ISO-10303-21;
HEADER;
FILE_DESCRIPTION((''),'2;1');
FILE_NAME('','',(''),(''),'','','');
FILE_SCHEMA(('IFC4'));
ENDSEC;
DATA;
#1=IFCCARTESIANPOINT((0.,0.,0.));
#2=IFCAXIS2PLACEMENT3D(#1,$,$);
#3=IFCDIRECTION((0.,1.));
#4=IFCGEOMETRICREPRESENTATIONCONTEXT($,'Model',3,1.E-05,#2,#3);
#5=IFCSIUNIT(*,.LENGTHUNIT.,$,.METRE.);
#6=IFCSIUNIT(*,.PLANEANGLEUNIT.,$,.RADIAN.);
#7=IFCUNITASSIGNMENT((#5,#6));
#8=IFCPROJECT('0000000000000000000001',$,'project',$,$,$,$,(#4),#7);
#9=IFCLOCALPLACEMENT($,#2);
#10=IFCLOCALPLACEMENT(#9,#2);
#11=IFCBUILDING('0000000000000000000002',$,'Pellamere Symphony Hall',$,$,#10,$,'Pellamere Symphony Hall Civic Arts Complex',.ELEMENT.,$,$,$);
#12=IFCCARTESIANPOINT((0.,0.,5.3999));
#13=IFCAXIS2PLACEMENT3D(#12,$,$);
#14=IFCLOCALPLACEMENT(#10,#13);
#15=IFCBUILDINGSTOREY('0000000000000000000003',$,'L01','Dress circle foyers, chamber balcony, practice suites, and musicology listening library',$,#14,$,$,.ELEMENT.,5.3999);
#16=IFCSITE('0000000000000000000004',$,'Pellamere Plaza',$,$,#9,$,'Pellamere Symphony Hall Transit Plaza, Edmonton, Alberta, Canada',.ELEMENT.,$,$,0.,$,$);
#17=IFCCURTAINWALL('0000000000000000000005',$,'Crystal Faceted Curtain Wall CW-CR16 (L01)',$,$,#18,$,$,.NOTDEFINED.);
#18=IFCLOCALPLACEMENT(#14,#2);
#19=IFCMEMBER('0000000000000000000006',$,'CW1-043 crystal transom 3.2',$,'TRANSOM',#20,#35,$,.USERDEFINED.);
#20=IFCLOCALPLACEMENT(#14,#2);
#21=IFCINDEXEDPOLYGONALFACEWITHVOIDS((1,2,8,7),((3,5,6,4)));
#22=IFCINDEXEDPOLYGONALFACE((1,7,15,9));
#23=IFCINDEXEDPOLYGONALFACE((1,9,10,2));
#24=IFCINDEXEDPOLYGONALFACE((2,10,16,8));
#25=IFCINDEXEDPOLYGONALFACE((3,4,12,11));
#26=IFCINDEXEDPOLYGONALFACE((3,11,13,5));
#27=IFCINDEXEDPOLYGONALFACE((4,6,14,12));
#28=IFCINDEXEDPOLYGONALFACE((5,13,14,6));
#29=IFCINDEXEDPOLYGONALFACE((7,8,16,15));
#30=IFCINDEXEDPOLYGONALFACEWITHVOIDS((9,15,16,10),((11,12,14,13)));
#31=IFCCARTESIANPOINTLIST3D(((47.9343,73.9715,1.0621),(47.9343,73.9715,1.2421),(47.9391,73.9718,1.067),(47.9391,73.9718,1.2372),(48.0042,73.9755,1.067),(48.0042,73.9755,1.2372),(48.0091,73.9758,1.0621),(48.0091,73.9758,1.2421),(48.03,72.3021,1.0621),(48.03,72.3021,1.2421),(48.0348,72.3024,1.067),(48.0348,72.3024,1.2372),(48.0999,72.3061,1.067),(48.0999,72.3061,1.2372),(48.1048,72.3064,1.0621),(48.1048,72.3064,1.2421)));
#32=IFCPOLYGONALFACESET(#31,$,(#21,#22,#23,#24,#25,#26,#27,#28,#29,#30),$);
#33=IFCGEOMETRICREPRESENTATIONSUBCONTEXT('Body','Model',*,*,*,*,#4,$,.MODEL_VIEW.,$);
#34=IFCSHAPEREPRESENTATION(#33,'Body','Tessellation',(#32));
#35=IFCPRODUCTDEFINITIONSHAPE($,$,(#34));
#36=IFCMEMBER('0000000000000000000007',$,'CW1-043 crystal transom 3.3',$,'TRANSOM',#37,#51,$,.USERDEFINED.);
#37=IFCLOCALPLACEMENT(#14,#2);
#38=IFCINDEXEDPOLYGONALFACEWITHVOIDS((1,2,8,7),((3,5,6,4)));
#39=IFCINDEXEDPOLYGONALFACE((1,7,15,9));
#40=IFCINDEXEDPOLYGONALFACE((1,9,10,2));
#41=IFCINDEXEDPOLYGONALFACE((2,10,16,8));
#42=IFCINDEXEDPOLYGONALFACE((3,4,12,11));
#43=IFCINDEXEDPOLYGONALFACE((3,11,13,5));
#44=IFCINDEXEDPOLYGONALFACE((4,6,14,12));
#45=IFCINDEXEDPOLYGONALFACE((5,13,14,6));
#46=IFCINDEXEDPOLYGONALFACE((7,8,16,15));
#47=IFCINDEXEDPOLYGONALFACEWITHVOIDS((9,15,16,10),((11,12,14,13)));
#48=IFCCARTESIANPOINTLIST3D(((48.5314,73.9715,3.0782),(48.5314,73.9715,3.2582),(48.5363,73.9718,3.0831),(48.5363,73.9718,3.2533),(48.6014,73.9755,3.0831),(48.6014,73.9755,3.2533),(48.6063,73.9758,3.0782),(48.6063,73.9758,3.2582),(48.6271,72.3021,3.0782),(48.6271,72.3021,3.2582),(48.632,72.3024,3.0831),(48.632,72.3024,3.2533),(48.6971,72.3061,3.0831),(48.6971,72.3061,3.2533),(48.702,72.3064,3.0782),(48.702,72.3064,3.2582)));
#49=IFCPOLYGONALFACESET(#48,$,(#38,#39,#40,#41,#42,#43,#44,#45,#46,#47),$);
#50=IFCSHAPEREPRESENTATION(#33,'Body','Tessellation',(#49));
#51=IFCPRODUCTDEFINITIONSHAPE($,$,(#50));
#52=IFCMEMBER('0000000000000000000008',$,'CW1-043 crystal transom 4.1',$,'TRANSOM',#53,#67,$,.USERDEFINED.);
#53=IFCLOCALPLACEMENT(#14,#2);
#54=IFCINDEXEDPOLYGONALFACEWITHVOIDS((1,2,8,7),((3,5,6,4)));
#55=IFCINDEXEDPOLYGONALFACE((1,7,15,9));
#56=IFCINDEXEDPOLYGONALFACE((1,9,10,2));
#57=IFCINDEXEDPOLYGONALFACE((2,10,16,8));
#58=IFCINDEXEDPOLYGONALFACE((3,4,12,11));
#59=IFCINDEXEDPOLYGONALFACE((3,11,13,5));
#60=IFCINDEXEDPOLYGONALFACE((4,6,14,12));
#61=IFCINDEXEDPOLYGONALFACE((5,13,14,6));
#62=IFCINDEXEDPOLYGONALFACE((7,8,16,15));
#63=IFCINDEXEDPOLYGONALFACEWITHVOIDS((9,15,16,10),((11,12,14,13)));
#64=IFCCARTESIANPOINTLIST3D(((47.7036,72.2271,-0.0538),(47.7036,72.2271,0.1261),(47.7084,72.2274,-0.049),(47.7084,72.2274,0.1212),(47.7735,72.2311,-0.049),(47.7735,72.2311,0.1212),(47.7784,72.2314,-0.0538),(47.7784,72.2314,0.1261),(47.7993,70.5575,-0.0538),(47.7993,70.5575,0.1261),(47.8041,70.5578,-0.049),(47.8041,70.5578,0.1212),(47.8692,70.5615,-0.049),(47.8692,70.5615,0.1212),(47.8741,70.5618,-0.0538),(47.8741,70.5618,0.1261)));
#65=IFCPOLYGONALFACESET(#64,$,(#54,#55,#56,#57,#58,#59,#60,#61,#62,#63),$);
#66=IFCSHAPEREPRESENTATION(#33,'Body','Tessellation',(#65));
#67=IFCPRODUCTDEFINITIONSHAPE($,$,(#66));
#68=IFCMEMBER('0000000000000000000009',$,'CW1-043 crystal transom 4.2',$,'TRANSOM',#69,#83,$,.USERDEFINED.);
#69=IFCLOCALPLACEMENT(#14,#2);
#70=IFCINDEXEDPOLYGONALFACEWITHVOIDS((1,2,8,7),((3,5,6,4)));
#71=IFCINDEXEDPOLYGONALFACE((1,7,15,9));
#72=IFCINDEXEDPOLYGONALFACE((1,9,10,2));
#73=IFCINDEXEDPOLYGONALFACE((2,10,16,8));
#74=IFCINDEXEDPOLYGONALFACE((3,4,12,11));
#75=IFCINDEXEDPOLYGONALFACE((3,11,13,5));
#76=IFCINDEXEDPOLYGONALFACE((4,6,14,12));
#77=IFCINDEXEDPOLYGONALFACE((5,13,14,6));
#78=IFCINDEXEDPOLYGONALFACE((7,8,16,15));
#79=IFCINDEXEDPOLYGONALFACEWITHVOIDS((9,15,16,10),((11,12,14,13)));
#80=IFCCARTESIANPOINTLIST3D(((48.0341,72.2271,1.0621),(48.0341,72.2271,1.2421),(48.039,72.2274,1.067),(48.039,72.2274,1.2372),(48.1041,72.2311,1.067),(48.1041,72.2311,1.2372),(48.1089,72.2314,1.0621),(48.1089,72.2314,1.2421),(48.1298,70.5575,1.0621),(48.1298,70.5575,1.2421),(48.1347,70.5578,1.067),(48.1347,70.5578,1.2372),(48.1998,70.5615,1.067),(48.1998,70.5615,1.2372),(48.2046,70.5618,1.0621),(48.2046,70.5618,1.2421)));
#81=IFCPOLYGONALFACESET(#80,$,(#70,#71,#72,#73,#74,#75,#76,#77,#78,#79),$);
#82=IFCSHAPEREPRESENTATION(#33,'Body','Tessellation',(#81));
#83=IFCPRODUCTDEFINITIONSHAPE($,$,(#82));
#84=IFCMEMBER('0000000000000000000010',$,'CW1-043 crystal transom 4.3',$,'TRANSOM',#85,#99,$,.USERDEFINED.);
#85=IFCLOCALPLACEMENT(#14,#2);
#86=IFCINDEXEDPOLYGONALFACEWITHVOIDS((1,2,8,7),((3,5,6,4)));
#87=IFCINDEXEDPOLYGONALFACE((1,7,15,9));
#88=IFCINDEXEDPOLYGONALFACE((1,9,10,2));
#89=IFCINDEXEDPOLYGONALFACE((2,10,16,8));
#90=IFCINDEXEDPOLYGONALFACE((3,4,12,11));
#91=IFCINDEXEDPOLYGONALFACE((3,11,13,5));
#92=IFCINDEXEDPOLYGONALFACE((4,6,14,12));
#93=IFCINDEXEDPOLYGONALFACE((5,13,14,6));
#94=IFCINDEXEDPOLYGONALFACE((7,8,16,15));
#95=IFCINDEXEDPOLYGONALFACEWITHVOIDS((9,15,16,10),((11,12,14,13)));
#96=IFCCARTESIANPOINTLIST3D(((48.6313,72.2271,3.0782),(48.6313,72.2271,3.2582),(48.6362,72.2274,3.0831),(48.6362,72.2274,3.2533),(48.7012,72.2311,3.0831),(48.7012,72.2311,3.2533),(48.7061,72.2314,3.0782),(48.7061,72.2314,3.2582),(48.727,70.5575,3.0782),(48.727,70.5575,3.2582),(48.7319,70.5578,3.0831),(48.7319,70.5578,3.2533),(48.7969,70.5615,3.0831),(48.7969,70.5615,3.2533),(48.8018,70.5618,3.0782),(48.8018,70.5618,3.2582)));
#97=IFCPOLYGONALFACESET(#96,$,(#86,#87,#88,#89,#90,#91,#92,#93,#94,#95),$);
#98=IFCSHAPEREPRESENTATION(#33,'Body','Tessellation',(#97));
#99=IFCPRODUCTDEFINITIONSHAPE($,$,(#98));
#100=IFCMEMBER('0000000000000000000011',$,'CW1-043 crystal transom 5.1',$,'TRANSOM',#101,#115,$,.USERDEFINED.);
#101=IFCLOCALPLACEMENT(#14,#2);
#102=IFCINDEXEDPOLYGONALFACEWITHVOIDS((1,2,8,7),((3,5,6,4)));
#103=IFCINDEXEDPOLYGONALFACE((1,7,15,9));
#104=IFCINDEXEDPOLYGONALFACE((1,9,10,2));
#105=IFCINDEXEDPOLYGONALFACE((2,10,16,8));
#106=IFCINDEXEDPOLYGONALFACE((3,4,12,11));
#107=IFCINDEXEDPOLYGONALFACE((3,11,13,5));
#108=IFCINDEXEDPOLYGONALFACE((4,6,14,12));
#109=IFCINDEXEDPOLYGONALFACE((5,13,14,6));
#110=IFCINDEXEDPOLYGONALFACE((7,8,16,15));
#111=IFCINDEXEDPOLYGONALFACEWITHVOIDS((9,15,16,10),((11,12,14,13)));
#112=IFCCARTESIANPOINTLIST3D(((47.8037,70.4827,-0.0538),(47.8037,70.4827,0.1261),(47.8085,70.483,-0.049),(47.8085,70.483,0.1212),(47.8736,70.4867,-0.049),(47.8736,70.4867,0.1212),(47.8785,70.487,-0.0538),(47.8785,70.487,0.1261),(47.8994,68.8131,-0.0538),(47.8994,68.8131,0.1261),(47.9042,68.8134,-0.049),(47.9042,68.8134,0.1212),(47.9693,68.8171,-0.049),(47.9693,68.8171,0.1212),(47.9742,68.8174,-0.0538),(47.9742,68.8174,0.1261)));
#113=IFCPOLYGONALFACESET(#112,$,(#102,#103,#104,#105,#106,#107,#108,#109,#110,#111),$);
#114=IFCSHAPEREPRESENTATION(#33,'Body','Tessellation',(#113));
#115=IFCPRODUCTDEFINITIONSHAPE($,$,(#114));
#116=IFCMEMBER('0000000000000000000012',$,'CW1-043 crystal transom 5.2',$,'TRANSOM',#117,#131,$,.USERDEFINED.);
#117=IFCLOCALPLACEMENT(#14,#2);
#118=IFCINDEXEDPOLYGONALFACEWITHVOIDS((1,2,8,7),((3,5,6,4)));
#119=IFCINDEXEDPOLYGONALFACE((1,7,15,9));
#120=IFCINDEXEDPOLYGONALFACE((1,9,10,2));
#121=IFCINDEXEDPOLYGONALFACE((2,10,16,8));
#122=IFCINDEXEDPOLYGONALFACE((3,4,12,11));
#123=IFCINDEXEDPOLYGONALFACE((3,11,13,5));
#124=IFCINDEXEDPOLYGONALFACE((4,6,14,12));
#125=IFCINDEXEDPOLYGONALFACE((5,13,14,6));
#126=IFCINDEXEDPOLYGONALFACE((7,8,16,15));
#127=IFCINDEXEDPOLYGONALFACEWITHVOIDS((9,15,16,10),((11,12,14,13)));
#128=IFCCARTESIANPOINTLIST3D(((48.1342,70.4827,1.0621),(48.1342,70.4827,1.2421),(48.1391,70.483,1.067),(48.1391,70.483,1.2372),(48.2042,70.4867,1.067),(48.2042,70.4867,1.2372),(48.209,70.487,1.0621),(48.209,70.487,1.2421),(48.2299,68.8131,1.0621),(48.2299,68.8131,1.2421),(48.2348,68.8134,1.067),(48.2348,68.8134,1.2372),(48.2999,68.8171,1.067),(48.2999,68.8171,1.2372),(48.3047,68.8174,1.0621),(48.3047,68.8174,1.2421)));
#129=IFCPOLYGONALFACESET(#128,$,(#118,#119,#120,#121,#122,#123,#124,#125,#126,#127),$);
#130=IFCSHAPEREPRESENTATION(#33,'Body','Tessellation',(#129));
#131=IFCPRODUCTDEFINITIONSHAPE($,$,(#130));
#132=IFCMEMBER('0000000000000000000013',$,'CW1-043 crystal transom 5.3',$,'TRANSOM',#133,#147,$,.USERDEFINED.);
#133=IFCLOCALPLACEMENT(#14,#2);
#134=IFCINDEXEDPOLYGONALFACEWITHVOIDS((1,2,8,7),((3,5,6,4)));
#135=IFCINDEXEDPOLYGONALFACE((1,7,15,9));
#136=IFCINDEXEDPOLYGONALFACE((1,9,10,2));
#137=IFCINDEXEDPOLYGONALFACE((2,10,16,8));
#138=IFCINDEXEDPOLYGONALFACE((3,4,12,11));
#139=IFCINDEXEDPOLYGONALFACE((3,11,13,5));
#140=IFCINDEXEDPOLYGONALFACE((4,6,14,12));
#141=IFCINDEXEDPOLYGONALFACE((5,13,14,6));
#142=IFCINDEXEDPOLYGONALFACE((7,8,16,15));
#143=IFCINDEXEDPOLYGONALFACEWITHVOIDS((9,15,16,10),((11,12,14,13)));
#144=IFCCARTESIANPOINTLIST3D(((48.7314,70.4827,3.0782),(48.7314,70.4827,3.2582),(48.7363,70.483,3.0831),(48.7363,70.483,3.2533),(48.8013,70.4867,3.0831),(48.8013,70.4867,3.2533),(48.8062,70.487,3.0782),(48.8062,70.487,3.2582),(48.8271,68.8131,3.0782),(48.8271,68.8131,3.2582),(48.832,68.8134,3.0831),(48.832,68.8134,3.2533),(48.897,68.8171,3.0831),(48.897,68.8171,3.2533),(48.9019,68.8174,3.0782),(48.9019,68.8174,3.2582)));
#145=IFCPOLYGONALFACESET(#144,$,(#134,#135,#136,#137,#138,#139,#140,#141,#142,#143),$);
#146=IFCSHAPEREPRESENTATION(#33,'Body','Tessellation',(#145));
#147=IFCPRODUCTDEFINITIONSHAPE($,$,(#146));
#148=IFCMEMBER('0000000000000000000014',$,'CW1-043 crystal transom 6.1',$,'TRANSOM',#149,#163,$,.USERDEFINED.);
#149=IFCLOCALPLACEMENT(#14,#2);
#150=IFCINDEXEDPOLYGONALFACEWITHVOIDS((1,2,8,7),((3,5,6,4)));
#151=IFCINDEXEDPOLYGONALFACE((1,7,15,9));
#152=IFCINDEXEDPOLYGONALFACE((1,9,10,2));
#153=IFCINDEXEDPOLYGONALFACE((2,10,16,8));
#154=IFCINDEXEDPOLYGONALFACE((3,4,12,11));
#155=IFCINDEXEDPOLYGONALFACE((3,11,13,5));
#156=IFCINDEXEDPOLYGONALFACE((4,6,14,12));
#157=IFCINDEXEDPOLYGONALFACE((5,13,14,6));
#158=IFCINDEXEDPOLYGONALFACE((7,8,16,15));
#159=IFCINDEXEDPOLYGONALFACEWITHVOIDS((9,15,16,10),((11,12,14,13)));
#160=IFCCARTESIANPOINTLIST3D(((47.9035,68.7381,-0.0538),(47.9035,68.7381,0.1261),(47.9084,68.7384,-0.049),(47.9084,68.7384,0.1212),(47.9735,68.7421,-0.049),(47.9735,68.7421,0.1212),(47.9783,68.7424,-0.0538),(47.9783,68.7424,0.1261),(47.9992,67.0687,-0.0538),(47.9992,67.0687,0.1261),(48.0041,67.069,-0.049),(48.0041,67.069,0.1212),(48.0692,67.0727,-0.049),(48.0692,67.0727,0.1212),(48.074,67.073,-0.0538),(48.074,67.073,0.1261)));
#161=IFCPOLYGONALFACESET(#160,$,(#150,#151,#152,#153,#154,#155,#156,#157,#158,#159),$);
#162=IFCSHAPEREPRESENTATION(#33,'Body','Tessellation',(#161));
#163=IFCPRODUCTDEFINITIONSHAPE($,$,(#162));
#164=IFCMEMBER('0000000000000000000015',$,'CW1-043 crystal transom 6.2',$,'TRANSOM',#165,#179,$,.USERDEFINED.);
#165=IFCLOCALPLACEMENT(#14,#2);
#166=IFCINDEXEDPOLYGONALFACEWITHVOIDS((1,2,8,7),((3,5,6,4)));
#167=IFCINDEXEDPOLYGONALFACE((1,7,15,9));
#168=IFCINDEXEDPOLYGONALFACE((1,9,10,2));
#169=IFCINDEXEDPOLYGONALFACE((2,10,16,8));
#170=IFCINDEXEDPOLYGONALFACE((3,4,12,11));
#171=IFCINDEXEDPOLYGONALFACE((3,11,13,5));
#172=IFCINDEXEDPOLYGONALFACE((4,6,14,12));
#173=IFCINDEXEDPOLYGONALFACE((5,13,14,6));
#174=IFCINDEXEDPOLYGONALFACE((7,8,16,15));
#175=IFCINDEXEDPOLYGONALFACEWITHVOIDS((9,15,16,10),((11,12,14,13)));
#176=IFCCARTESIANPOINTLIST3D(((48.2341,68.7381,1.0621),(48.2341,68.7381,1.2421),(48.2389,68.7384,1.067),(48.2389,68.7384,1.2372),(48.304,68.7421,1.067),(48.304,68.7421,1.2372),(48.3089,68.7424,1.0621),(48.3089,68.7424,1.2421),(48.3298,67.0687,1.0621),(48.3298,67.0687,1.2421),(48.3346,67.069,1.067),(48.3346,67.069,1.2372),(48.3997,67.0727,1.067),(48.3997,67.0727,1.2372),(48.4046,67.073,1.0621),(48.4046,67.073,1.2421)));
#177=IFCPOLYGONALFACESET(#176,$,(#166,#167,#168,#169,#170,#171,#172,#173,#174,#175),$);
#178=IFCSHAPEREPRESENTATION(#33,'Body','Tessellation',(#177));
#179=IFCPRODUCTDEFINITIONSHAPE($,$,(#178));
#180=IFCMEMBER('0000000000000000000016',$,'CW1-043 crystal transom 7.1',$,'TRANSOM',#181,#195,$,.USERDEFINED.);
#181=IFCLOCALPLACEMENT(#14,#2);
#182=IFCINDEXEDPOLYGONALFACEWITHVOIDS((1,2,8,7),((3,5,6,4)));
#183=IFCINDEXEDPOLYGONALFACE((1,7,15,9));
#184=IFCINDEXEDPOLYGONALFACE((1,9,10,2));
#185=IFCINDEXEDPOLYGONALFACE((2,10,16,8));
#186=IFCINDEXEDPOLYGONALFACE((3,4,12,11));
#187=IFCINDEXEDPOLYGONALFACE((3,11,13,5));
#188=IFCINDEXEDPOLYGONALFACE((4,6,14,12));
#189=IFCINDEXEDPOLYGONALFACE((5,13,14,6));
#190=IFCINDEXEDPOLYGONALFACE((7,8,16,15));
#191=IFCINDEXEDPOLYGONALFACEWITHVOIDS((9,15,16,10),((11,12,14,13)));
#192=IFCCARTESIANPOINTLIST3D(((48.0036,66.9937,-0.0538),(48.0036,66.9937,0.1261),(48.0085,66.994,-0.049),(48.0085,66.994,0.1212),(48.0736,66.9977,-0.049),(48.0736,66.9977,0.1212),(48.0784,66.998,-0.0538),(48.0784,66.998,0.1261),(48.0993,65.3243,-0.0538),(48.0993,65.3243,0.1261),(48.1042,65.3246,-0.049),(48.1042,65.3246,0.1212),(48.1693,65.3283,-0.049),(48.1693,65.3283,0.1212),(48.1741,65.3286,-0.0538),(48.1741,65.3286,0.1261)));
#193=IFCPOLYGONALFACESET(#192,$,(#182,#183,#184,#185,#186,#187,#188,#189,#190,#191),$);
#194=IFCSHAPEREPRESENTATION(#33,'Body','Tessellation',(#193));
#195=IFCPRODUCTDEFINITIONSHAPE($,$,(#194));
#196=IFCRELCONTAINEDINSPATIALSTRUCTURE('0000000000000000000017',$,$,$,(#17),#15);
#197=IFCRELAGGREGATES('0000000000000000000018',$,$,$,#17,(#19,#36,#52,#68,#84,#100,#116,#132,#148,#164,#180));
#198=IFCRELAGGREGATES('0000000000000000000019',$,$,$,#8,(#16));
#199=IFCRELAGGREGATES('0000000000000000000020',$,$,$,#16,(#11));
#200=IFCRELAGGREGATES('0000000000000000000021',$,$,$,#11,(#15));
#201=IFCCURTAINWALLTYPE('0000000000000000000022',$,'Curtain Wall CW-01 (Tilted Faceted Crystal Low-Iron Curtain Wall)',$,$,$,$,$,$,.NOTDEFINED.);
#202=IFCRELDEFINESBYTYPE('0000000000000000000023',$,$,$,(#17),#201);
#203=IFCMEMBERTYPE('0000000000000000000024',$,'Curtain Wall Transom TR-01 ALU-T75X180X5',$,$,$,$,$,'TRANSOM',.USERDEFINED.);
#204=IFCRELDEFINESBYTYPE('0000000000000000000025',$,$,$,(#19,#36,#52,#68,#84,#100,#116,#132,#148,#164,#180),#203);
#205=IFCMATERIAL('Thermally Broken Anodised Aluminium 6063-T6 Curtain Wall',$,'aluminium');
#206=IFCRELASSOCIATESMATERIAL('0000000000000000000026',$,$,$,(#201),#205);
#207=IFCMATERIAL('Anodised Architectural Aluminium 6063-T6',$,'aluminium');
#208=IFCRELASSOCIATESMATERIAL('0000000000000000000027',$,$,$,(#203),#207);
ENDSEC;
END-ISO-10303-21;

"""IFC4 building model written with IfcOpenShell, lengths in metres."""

from ifc_helpers import new_model, si_unit, direction, frame, origin, origin_2d, place, context, subcontext, project, spatial, hollow_rectangle, extrude, material, material_profile, profile_set, type_object, element, aggregate, save


model = new_model("IFC4")

# Units and contexts
model_context = context("Model", 3, precision=1e-05, world=origin(), true_north=direction((0.0, 1.0)))
body_context = subcontext(model_context, "Body", "Model", "MODEL_VIEW")
ifc_project = project(units=[si_unit("LENGTHUNIT", "METRE"), si_unit("PLANEANGLEUNIT", "RADIAN")], contexts=[model_context])

# Site, building, storey
site_placement = place(None, origin())
site = spatial("IfcSite", under=ifc_project, at=site_placement, Name="Pellamere Plaza", LongName="Pellamere Symphony Hall Transit Plaza, Edmonton, Alberta, Canada", CompositionType="ELEMENT", RefElevation=0.0)
building_placement = place(site_placement, origin())
building = spatial("IfcBuilding", under=site, at=building_placement, Name="Pellamere Symphony Hall", LongName="Pellamere Symphony Hall Civic Arts Complex", CompositionType="ELEMENT")
storey_placement = place(building_placement, frame((0.0, 0.0, 5.3999)))
storey = spatial("IfcBuildingStorey", under=building, at=storey_placement, Name="L01", Description="Dress circle foyers, chamber balcony, practice suites, and musicology listening library", CompositionType="ELEMENT", Elevation=5.3999)

# Curtain wall, members
ifc_material_1 = material(Name="Thermally Broken Anodised Aluminium 6063-T6 Curtain Wall", Category="aluminium")
curtain_wall_type = type_object("IfcCurtainWallType", Name="Curtain Wall CW-01 (Tilted Faceted Crystal Low-Iron Curtain Wall)", PredefinedType="NOTDEFINED", material=ifc_material_1)
curtain_wall_placement = place(storey_placement, origin())
curtain_wall = element("IfcCurtainWall", 1, at=curtain_wall_placement, inside=storey, type_object=curtain_wall_type, Name="Crystal Faceted Curtain Wall CW-CR16 (L01)", PredefinedType="NOTDEFINED")
ifc_material_2 = material(Name="Anodised Architectural Aluminium 6063-T6", Category="aluminium")
ifc_material_profile_1 = material_profile(ifc_material_2, hollow_rectangle(XDim=0.075, YDim=0.1799, WallThickness=0.0049, at=origin_2d()), Name="ALU-T75X180X5")
ifc_profile_set_1 = profile_set([ifc_material_profile_1], Name="Anodised Architectural Aluminium 6063-T6")
member_type_1 = type_object("IfcMemberType", Name="Curtain Wall Transom TR-01 ALU-T75X180X5", ElementType="TRANSOM", PredefinedType="USERDEFINED", material=ifc_profile_set_1)
member_1_placement = place(storey_placement, frame((47.9717, 73.9736, 1.1521), z_axis=(0.057233, -0.998361, 0.0), x_axis=(0.998361, 0.057233, 0.0)))
member_1 = element("IfcMember", 2, at=member_1_placement, type_object=member_type_1, Name="CW1-043 crystal transom 3.2", ObjectType="TRANSOM", PredefinedType="USERDEFINED", context=body_context, shape_type="SweptSolid", body=[
    extrude(hollow_rectangle(XDim=0.075, YDim=0.1799, WallThickness=0.0049, at=origin_2d()), origin(), (0.0, 0.0, 1.0), 1.6721),
])
member_2_placement = place(storey_placement, frame((48.5688, 73.9736, 3.1682), z_axis=(0.057233, -0.998361, 0.0), x_axis=(0.998361, 0.057233, 0.0)))
member_2 = element("IfcMember", 3, at=member_2_placement, type_object=member_type_1, Name="CW1-043 crystal transom 3.3", ObjectType="TRANSOM", PredefinedType="USERDEFINED", context=body_context, shape_type="SweptSolid", body=[
    extrude(hollow_rectangle(XDim=0.075, YDim=0.1799, WallThickness=0.0049, at=origin_2d()), origin(), (0.0, 0.0, 1.0), 1.6721),
])
member_3_placement = place(storey_placement, frame((47.741, 72.2292, 0.0361), z_axis=(0.057224, -0.998361, 0.0), x_axis=(0.998361, 0.057224, 0.0)))
member_3 = element("IfcMember", 4, at=member_3_placement, type_object=member_type_1, Name="CW1-043 crystal transom 4.1", ObjectType="TRANSOM", PredefinedType="USERDEFINED", context=body_context, shape_type="SweptSolid", body=[
    extrude(hollow_rectangle(XDim=0.075, YDim=0.1799, WallThickness=0.0049, at=origin_2d()), origin(), (0.0, 0.0, 1.0), 1.6724),
])
member_4_placement = place(storey_placement, frame((48.0715, 72.2292, 1.1521), z_axis=(0.057224, -0.998361, 0.0), x_axis=(0.998361, 0.057224, 0.0)))
member_4 = element("IfcMember", 5, at=member_4_placement, type_object=member_type_1, Name="CW1-043 crystal transom 4.2", ObjectType="TRANSOM", PredefinedType="USERDEFINED", context=body_context, shape_type="SweptSolid", body=[
    extrude(hollow_rectangle(XDim=0.075, YDim=0.1799, WallThickness=0.0049, at=origin_2d()), origin(), (0.0, 0.0, 1.0), 1.6724),
])
member_5_placement = place(storey_placement, frame((48.6687, 72.2292, 3.1682), z_axis=(0.057224, -0.998361, 0.0), x_axis=(0.998361, 0.057224, 0.0)))
member_5 = element("IfcMember", 6, at=member_5_placement, type_object=member_type_1, Name="CW1-043 crystal transom 4.3", ObjectType="TRANSOM", PredefinedType="USERDEFINED", context=body_context, shape_type="SweptSolid", body=[
    extrude(hollow_rectangle(XDim=0.075, YDim=0.1799, WallThickness=0.0049, at=origin_2d()), origin(), (0.0, 0.0, 1.0), 1.6724),
])
member_6_placement = place(storey_placement, frame((47.8411, 70.4849, 0.0361), z_axis=(0.057224, -0.998361, 0.0), x_axis=(0.998361, 0.057224, 0.0)))
member_6 = element("IfcMember", 7, at=member_6_placement, type_object=member_type_1, Name="CW1-043 crystal transom 5.1", ObjectType="TRANSOM", PredefinedType="USERDEFINED", context=body_context, shape_type="SweptSolid", body=[
    extrude(hollow_rectangle(XDim=0.075, YDim=0.1799, WallThickness=0.0049, at=origin_2d()), origin(), (0.0, 0.0, 1.0), 1.6724),
])
member_7_placement = place(storey_placement, frame((48.1716, 70.4849, 1.1521), z_axis=(0.057224, -0.998361, 0.0), x_axis=(0.998361, 0.057224, 0.0)))
member_7 = element("IfcMember", 8, at=member_7_placement, type_object=member_type_1, Name="CW1-043 crystal transom 5.2", ObjectType="TRANSOM", PredefinedType="USERDEFINED", context=body_context, shape_type="SweptSolid", body=[
    extrude(hollow_rectangle(XDim=0.075, YDim=0.1799, WallThickness=0.0049, at=origin_2d()), origin(), (0.0, 0.0, 1.0), 1.6724),
])
member_8_placement = place(storey_placement, frame((48.7688, 70.4849, 3.1682), z_axis=(0.057224, -0.998361, 0.0), x_axis=(0.998361, 0.057224, 0.0)))
member_8 = element("IfcMember", 9, at=member_8_placement, type_object=member_type_1, Name="CW1-043 crystal transom 5.3", ObjectType="TRANSOM", PredefinedType="USERDEFINED", context=body_context, shape_type="SweptSolid", body=[
    extrude(hollow_rectangle(XDim=0.075, YDim=0.1799, WallThickness=0.0049, at=origin_2d()), origin(), (0.0, 0.0, 1.0), 1.6724),
])
member_9_placement = place(storey_placement, frame((47.9409, 68.7402, 0.0361), z_axis=(0.057233, -0.998361, 0.0), x_axis=(0.998361, 0.057233, 0.0)))
member_9 = element("IfcMember", 10, at=member_9_placement, type_object=member_type_1, Name="CW1-043 crystal transom 6.1", ObjectType="TRANSOM", PredefinedType="USERDEFINED", context=body_context, shape_type="SweptSolid", body=[
    extrude(hollow_rectangle(XDim=0.075, YDim=0.1799, WallThickness=0.0049, at=origin_2d()), origin(), (0.0, 0.0, 1.0), 1.6721),
])
member_10_placement = place(storey_placement, frame((48.2715, 68.7402, 1.1521), z_axis=(0.057233, -0.998361, 0.0), x_axis=(0.998361, 0.057233, 0.0)))
member_10 = element("IfcMember", 11, at=member_10_placement, type_object=member_type_1, Name="CW1-043 crystal transom 6.2", ObjectType="TRANSOM", PredefinedType="USERDEFINED", context=body_context, shape_type="SweptSolid", body=[
    extrude(hollow_rectangle(XDim=0.075, YDim=0.1799, WallThickness=0.0049, at=origin_2d()), origin(), (0.0, 0.0, 1.0), 1.6721),
])
member_11_placement = place(storey_placement, frame((48.041, 66.9958, 0.0361), z_axis=(0.057233, -0.998361, 0.0), x_axis=(0.998361, 0.057233, 0.0)))
member_11 = element("IfcMember", 12, at=member_11_placement, type_object=member_type_1, Name="CW1-043 crystal transom 7.1", ObjectType="TRANSOM", PredefinedType="USERDEFINED", context=body_context, shape_type="SweptSolid", body=[
    extrude(hollow_rectangle(XDim=0.075, YDim=0.1799, WallThickness=0.0049, at=origin_2d()), origin(), (0.0, 0.0, 1.0), 1.6721),
])
aggregate(curtain_wall, [member_1, member_2, member_3, member_4, member_5, member_6, member_7, member_8, member_9, member_10, member_11])

save(model, "model.ifc")
